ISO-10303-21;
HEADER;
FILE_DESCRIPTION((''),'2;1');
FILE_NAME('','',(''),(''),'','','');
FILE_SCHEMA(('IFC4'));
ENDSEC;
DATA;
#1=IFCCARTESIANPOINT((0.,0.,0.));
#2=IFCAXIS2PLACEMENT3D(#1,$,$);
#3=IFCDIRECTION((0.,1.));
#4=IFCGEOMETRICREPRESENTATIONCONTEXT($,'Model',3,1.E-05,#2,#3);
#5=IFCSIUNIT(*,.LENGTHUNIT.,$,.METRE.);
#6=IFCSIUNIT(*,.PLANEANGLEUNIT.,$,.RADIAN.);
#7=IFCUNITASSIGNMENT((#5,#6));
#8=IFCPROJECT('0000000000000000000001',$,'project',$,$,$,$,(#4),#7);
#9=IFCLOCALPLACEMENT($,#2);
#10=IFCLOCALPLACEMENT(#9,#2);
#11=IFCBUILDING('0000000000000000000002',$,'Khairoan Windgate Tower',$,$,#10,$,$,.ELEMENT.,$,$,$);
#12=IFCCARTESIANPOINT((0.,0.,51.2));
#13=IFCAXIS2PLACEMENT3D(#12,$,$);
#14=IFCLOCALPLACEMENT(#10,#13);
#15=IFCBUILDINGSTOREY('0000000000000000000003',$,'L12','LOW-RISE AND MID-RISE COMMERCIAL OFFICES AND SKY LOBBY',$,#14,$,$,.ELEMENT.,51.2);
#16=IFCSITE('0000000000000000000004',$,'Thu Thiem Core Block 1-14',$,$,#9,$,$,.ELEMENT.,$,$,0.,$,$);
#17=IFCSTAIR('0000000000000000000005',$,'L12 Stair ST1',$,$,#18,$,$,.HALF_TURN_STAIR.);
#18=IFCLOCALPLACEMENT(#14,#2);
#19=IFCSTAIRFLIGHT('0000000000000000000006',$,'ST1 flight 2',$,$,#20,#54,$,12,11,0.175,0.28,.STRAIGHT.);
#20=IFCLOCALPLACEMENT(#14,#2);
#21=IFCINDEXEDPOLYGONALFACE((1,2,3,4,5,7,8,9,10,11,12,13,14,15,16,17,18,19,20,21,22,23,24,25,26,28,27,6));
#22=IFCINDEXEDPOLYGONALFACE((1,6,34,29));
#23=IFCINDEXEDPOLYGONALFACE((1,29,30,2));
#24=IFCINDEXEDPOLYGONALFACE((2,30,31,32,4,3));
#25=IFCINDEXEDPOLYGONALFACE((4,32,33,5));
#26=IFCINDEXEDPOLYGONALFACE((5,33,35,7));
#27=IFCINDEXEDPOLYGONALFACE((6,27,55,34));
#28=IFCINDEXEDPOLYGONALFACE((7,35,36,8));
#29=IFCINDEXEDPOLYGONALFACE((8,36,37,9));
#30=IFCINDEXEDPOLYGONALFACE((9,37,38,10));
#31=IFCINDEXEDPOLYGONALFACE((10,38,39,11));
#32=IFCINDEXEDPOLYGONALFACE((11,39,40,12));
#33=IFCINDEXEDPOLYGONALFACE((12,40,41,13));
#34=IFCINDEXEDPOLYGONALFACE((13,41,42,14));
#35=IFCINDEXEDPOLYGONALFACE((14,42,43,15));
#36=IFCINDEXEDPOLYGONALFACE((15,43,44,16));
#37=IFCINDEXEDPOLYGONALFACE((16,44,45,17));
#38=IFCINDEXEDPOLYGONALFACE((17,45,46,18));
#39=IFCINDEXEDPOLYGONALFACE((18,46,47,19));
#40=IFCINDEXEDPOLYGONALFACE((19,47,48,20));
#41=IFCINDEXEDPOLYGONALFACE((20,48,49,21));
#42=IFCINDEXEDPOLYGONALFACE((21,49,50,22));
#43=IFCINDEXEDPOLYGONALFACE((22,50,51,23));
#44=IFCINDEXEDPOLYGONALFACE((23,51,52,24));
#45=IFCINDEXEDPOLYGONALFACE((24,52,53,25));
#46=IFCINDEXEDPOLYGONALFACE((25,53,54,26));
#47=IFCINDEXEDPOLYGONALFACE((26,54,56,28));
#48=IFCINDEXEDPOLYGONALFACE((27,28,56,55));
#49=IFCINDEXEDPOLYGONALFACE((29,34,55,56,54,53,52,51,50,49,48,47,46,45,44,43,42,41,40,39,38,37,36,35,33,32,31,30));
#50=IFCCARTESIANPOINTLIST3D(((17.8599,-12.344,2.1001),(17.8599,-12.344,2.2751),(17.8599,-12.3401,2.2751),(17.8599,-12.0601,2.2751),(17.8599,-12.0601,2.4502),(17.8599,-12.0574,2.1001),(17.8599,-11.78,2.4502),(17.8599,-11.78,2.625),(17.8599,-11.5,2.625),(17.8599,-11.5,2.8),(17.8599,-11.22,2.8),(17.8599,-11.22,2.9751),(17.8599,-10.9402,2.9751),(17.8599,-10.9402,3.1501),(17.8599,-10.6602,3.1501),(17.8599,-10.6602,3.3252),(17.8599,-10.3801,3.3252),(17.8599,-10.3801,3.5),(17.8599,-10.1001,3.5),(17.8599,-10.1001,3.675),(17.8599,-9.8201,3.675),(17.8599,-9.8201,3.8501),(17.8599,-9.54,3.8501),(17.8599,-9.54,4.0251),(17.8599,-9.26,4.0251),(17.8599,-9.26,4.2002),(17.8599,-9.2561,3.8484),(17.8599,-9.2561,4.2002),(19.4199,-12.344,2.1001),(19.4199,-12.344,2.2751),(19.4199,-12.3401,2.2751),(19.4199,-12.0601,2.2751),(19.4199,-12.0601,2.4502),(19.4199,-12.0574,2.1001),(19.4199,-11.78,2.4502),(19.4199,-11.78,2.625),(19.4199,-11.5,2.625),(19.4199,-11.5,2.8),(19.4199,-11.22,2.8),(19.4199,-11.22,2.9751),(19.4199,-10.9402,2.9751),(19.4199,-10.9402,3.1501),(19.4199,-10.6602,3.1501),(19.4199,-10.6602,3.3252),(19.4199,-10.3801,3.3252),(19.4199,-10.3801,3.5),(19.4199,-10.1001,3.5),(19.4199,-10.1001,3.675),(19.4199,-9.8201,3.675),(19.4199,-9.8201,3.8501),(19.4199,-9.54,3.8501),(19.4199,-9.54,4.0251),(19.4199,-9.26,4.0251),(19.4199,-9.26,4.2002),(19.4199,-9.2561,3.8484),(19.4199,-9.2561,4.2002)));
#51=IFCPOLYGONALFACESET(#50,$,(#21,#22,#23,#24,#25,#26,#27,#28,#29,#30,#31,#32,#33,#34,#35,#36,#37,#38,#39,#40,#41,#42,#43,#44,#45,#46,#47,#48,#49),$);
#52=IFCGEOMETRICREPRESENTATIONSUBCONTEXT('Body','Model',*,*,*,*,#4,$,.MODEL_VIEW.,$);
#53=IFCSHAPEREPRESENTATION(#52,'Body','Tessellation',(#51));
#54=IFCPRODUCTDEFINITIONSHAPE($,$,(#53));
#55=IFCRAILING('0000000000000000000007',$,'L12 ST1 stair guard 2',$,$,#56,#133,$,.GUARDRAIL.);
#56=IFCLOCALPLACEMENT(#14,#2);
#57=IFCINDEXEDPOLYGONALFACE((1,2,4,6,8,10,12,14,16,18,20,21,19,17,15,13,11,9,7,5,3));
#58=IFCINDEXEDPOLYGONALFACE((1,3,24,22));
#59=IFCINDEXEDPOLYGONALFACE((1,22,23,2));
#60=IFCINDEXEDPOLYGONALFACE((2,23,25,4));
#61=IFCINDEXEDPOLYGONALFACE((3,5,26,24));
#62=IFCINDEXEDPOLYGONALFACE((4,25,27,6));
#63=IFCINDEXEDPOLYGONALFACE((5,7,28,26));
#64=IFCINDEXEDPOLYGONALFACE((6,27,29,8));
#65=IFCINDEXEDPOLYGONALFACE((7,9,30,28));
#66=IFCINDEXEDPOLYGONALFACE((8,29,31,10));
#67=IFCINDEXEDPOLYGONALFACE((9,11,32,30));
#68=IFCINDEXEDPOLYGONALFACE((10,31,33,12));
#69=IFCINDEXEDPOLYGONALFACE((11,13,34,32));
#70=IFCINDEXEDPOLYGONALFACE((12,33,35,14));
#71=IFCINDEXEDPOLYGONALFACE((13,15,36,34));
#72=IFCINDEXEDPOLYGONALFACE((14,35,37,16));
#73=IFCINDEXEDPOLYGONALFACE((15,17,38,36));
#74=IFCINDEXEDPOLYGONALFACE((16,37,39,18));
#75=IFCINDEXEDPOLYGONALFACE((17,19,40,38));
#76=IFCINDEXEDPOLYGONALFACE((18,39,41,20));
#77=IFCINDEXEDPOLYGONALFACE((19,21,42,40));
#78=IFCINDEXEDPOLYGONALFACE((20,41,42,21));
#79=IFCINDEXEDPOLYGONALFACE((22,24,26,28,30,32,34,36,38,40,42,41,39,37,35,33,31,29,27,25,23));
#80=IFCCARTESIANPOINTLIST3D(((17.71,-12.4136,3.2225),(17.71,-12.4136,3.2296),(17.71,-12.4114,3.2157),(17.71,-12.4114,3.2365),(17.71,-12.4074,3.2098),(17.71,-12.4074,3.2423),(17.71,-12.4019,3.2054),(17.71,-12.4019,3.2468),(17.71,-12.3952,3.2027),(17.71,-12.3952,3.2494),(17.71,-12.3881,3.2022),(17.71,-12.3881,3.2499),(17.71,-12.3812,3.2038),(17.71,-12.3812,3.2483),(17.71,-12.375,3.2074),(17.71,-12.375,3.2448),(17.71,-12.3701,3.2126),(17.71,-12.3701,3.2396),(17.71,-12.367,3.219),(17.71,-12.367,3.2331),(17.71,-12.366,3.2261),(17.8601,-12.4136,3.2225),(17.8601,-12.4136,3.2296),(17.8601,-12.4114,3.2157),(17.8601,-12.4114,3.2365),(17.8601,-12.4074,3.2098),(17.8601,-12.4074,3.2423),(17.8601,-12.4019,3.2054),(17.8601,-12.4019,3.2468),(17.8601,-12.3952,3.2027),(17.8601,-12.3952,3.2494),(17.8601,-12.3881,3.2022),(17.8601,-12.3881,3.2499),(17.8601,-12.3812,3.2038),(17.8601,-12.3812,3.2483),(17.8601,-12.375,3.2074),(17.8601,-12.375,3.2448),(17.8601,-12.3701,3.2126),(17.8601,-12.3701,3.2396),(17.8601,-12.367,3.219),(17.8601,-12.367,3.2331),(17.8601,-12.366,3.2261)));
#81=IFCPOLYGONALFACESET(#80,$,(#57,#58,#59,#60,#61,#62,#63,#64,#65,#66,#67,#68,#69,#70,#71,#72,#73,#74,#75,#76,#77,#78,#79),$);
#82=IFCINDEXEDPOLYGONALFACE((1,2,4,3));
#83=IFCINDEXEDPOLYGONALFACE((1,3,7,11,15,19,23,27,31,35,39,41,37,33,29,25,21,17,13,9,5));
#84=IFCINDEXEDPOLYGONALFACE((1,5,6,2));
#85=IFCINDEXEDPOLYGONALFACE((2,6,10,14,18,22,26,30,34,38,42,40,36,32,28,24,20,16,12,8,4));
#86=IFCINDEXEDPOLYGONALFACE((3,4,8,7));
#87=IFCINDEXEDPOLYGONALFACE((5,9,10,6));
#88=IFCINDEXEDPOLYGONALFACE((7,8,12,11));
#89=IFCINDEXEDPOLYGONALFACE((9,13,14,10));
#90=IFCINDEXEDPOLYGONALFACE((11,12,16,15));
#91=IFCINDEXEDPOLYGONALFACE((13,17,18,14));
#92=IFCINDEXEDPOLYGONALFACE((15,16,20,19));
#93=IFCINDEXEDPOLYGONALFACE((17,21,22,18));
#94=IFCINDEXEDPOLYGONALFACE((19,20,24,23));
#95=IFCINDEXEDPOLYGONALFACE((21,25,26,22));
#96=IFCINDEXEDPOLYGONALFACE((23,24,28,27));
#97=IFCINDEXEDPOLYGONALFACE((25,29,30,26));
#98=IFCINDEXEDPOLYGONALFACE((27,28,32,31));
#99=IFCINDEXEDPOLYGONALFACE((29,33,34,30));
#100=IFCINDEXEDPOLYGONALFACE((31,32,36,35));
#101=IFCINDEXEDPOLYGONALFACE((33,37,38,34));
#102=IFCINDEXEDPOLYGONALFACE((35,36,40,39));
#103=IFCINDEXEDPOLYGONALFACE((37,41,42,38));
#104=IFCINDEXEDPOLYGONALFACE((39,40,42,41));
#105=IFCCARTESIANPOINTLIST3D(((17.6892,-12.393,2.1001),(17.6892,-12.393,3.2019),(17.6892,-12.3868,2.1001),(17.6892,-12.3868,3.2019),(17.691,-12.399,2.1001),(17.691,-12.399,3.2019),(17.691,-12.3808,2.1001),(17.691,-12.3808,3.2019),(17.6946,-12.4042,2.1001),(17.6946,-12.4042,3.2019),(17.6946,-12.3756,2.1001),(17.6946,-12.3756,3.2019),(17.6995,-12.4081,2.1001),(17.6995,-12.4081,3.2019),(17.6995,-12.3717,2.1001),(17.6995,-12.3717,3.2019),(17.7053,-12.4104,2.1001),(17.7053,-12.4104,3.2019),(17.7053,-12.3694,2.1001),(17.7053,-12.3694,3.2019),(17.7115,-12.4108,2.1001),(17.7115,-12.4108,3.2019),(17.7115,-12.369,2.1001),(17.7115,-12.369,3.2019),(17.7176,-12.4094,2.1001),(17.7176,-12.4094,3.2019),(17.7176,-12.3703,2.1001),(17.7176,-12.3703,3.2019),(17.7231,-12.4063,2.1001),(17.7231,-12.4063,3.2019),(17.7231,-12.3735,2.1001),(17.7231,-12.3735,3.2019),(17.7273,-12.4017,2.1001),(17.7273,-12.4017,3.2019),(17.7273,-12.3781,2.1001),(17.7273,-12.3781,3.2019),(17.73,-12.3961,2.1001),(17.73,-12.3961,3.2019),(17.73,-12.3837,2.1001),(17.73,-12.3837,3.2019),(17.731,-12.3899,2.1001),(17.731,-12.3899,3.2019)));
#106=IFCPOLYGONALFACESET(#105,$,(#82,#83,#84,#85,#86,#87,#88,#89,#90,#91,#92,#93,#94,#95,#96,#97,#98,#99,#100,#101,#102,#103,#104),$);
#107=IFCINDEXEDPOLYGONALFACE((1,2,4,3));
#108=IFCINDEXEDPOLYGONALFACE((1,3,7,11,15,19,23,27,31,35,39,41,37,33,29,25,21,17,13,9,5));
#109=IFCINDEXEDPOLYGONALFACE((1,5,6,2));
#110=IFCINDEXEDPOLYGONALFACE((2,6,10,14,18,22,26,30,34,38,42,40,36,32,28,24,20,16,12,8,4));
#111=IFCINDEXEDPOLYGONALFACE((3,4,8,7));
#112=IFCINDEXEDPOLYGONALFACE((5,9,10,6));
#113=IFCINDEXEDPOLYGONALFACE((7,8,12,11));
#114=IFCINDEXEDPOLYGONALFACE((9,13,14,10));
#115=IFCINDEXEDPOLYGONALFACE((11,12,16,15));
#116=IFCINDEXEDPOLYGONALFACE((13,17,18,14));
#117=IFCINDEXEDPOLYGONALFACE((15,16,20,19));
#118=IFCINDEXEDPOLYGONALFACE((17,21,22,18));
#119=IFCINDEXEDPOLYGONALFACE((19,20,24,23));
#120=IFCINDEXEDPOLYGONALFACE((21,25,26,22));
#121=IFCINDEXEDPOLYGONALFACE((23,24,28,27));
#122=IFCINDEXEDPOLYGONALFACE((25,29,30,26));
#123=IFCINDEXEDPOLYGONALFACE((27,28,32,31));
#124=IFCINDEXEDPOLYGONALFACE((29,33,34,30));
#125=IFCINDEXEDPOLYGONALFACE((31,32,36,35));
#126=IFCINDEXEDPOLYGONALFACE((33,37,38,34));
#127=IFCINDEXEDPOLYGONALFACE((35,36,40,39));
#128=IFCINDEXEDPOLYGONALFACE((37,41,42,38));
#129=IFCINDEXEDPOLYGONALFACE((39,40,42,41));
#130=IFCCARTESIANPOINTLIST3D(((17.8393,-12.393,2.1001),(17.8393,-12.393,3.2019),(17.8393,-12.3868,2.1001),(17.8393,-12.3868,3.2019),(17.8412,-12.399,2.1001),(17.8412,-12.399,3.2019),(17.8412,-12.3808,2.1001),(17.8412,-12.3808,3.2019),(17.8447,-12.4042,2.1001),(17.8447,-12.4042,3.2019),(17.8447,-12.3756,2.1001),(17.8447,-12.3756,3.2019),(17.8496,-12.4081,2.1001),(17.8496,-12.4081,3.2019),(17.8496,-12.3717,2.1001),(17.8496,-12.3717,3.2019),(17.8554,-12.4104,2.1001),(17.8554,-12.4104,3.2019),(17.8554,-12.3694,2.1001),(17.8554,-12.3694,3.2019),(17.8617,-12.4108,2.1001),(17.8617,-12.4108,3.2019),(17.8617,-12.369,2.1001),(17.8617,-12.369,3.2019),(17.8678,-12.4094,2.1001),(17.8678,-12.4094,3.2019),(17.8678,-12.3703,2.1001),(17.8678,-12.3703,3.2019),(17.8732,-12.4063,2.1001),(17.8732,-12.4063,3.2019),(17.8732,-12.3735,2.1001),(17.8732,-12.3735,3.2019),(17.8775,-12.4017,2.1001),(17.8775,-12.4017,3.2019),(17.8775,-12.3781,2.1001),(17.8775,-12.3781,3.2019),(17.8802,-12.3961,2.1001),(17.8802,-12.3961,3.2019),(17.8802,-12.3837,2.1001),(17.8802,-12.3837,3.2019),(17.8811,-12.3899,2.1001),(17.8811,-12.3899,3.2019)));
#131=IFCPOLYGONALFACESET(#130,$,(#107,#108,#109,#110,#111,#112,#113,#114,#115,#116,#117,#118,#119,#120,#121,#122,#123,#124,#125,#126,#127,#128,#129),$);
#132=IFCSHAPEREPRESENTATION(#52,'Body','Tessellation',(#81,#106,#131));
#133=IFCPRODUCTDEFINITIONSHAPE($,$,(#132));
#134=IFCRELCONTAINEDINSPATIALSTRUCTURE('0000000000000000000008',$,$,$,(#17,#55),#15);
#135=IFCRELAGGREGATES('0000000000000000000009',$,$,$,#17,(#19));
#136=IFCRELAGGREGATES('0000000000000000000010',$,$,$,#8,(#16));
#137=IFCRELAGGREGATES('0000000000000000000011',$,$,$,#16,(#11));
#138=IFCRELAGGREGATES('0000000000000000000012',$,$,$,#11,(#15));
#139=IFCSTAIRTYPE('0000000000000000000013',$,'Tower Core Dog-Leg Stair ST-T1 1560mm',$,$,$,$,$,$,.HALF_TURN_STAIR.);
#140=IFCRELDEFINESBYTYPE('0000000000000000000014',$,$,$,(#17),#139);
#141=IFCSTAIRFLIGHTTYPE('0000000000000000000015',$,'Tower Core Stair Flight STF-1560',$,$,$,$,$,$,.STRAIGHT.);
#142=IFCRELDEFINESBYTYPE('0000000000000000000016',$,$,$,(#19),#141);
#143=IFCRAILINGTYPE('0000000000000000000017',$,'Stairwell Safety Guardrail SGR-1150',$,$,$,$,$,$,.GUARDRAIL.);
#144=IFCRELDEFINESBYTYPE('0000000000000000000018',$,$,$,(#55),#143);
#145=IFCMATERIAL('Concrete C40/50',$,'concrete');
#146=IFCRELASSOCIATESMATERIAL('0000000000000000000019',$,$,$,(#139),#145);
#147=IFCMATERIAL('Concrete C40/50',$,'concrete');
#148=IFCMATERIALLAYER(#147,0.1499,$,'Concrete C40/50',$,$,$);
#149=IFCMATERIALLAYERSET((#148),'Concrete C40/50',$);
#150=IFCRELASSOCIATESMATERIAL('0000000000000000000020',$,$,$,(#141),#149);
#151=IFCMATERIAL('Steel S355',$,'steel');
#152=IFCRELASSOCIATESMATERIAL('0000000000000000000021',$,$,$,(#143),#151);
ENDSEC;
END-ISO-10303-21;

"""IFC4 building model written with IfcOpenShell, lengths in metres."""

from ifc_helpers import new_model, si_unit, direction, frame, origin, origin_2d, place, context, subcontext, project, spatial, polyline, circle, outline, extrude, material, layer, layer_set, type_object, element, aggregate, save


model = new_model("IFC4")

# Units and contexts
model_context = context("Model", 3, precision=1e-05, world=origin(), true_north=direction((0.0, 1.0)))
body_context = subcontext(model_context, "Body", "Model", "MODEL_VIEW")
ifc_project = project(units=[si_unit("LENGTHUNIT", "METRE"), si_unit("PLANEANGLEUNIT", "RADIAN")], contexts=[model_context])

# Site, building, storey
site_placement = place(None, origin())
site = spatial("IfcSite", under=ifc_project, at=site_placement, Name="Thu Thiem Core Block 1-14", CompositionType="ELEMENT", RefElevation=0.0)
building_placement = place(site_placement, origin())
building = spatial("IfcBuilding", under=site, at=building_placement, Name="Khairoan Windgate Tower", CompositionType="ELEMENT")
storey_placement = place(building_placement, frame((0.0, 0.0, 51.2)))
storey = spatial("IfcBuildingStorey", under=building, at=storey_placement, Name="L12", Description="LOW-RISE AND MID-RISE COMMERCIAL OFFICES AND SKY LOBBY", CompositionType="ELEMENT", Elevation=51.2)

# Stair, stair flight
ifc_material_1 = material(Name="Concrete C40/50", Category="concrete")
stair_type = type_object("IfcStairType", Name="Tower Core Dog-Leg Stair ST-T1 1560mm", PredefinedType="HALF_TURN_STAIR", material=ifc_material_1)
stair_placement = place(storey_placement, origin())
stair = element("IfcStair", 1, at=stair_placement, inside=storey, type_object=stair_type, Name="L12 Stair ST1", PredefinedType="HALF_TURN_STAIR")
ifc_material_2 = material(Name="Concrete C40/50", Category="concrete")
ifc_layer_1 = layer(ifc_material_2, 0.1499, Name="Concrete C40/50")
ifc_layer_set_1 = layer_set([ifc_layer_1], Name="Concrete C40/50")
stair_flight_type = type_object("IfcStairFlightType", Name="Tower Core Stair Flight STF-1560", PredefinedType="STRAIGHT", material=ifc_layer_set_1)
stair_flight_placement = place(storey_placement, frame((18.6399, -12.3401, 2.1001), z_axis=(0.0, 0.0, 1.0), x_axis=(0.0, 1.0, 0.0)))
stair_flight = element("IfcStairFlight", 2, at=stair_flight_placement, type_object=stair_flight_type, Name="ST1 flight 2", NumberOfRisers=12, NumberOfTreads=11, PredefinedType="STRAIGHT", RiserHeight=0.175, TreadLength=0.28, context=body_context, shape_type="SweptSolid", body=[
    extrude(outline(polyline([(-0.0039, 0.0), (-0.0039, 0.175), (0.0, 0.175), (0.28, 0.175), (0.28, 0.3501), (0.5601, 0.3501), (0.5601, 0.5249), (0.8401, 0.5249), (0.8401, 0.7), (1.1201, 0.7), (1.1201, 0.875), (1.3999, 0.875), (1.3999, 1.05), (1.6799, 1.05), (1.6799, 1.2251), (1.96, 1.2251), (1.96, 1.3999), (2.24, 1.3999), (2.24, 1.575), (2.52, 1.575), (2.52, 1.75), (2.8, 1.75), (2.8, 1.925), (3.0801, 1.925), (3.0801, 2.1001), (3.084, 2.1001), (3.084, 1.7483), (0.2827, 0.0), (-0.0039, 0.0)])), frame((0.0, 0.78, 0.0), z_axis=(0.0, -1.0, 0.0), x_axis=(1.0, 0.0, 0.0)), (0.0, 0.0, 1.0), 1.5601),
])
aggregate(stair, [stair_flight])

# Railing
ifc_material_3 = material(Name="Steel S355", Category="steel")
railing_type = type_object("IfcRailingType", Name="Stairwell Safety Guardrail SGR-1150", PredefinedType="GUARDRAIL", material=ifc_material_3)
railing_1_placement = place(storey_placement, frame((17.71, -12.3899, 2.1001)))
element("IfcRailing", 3, at=railing_1_placement, inside=storey, type_object=railing_type, Name="L12 ST1 stair guard 2", PredefinedType="GUARDRAIL", context=body_context, shape_type="SweptSolid", body=[
    extrude(circle(Radius=0.0239, at=origin_2d()), frame((0.0, 0.0, 1.126), z_axis=(1.0, 0.0, 0.0), x_axis=(0.0, 1.0, 0.0)), (0.0, 0.0, 1.0), 0.1501),
    extrude(circle(Radius=0.021, at=origin_2d()), origin(), (0.0, 0.0, 1.0), 1.1018),
    extrude(circle(Radius=0.021, at=origin_2d()), frame((0.1501, 0.0, 0.0)), (0.0, 0.0, 1.0), 1.1018),
])

save(model, "model.ifc")
